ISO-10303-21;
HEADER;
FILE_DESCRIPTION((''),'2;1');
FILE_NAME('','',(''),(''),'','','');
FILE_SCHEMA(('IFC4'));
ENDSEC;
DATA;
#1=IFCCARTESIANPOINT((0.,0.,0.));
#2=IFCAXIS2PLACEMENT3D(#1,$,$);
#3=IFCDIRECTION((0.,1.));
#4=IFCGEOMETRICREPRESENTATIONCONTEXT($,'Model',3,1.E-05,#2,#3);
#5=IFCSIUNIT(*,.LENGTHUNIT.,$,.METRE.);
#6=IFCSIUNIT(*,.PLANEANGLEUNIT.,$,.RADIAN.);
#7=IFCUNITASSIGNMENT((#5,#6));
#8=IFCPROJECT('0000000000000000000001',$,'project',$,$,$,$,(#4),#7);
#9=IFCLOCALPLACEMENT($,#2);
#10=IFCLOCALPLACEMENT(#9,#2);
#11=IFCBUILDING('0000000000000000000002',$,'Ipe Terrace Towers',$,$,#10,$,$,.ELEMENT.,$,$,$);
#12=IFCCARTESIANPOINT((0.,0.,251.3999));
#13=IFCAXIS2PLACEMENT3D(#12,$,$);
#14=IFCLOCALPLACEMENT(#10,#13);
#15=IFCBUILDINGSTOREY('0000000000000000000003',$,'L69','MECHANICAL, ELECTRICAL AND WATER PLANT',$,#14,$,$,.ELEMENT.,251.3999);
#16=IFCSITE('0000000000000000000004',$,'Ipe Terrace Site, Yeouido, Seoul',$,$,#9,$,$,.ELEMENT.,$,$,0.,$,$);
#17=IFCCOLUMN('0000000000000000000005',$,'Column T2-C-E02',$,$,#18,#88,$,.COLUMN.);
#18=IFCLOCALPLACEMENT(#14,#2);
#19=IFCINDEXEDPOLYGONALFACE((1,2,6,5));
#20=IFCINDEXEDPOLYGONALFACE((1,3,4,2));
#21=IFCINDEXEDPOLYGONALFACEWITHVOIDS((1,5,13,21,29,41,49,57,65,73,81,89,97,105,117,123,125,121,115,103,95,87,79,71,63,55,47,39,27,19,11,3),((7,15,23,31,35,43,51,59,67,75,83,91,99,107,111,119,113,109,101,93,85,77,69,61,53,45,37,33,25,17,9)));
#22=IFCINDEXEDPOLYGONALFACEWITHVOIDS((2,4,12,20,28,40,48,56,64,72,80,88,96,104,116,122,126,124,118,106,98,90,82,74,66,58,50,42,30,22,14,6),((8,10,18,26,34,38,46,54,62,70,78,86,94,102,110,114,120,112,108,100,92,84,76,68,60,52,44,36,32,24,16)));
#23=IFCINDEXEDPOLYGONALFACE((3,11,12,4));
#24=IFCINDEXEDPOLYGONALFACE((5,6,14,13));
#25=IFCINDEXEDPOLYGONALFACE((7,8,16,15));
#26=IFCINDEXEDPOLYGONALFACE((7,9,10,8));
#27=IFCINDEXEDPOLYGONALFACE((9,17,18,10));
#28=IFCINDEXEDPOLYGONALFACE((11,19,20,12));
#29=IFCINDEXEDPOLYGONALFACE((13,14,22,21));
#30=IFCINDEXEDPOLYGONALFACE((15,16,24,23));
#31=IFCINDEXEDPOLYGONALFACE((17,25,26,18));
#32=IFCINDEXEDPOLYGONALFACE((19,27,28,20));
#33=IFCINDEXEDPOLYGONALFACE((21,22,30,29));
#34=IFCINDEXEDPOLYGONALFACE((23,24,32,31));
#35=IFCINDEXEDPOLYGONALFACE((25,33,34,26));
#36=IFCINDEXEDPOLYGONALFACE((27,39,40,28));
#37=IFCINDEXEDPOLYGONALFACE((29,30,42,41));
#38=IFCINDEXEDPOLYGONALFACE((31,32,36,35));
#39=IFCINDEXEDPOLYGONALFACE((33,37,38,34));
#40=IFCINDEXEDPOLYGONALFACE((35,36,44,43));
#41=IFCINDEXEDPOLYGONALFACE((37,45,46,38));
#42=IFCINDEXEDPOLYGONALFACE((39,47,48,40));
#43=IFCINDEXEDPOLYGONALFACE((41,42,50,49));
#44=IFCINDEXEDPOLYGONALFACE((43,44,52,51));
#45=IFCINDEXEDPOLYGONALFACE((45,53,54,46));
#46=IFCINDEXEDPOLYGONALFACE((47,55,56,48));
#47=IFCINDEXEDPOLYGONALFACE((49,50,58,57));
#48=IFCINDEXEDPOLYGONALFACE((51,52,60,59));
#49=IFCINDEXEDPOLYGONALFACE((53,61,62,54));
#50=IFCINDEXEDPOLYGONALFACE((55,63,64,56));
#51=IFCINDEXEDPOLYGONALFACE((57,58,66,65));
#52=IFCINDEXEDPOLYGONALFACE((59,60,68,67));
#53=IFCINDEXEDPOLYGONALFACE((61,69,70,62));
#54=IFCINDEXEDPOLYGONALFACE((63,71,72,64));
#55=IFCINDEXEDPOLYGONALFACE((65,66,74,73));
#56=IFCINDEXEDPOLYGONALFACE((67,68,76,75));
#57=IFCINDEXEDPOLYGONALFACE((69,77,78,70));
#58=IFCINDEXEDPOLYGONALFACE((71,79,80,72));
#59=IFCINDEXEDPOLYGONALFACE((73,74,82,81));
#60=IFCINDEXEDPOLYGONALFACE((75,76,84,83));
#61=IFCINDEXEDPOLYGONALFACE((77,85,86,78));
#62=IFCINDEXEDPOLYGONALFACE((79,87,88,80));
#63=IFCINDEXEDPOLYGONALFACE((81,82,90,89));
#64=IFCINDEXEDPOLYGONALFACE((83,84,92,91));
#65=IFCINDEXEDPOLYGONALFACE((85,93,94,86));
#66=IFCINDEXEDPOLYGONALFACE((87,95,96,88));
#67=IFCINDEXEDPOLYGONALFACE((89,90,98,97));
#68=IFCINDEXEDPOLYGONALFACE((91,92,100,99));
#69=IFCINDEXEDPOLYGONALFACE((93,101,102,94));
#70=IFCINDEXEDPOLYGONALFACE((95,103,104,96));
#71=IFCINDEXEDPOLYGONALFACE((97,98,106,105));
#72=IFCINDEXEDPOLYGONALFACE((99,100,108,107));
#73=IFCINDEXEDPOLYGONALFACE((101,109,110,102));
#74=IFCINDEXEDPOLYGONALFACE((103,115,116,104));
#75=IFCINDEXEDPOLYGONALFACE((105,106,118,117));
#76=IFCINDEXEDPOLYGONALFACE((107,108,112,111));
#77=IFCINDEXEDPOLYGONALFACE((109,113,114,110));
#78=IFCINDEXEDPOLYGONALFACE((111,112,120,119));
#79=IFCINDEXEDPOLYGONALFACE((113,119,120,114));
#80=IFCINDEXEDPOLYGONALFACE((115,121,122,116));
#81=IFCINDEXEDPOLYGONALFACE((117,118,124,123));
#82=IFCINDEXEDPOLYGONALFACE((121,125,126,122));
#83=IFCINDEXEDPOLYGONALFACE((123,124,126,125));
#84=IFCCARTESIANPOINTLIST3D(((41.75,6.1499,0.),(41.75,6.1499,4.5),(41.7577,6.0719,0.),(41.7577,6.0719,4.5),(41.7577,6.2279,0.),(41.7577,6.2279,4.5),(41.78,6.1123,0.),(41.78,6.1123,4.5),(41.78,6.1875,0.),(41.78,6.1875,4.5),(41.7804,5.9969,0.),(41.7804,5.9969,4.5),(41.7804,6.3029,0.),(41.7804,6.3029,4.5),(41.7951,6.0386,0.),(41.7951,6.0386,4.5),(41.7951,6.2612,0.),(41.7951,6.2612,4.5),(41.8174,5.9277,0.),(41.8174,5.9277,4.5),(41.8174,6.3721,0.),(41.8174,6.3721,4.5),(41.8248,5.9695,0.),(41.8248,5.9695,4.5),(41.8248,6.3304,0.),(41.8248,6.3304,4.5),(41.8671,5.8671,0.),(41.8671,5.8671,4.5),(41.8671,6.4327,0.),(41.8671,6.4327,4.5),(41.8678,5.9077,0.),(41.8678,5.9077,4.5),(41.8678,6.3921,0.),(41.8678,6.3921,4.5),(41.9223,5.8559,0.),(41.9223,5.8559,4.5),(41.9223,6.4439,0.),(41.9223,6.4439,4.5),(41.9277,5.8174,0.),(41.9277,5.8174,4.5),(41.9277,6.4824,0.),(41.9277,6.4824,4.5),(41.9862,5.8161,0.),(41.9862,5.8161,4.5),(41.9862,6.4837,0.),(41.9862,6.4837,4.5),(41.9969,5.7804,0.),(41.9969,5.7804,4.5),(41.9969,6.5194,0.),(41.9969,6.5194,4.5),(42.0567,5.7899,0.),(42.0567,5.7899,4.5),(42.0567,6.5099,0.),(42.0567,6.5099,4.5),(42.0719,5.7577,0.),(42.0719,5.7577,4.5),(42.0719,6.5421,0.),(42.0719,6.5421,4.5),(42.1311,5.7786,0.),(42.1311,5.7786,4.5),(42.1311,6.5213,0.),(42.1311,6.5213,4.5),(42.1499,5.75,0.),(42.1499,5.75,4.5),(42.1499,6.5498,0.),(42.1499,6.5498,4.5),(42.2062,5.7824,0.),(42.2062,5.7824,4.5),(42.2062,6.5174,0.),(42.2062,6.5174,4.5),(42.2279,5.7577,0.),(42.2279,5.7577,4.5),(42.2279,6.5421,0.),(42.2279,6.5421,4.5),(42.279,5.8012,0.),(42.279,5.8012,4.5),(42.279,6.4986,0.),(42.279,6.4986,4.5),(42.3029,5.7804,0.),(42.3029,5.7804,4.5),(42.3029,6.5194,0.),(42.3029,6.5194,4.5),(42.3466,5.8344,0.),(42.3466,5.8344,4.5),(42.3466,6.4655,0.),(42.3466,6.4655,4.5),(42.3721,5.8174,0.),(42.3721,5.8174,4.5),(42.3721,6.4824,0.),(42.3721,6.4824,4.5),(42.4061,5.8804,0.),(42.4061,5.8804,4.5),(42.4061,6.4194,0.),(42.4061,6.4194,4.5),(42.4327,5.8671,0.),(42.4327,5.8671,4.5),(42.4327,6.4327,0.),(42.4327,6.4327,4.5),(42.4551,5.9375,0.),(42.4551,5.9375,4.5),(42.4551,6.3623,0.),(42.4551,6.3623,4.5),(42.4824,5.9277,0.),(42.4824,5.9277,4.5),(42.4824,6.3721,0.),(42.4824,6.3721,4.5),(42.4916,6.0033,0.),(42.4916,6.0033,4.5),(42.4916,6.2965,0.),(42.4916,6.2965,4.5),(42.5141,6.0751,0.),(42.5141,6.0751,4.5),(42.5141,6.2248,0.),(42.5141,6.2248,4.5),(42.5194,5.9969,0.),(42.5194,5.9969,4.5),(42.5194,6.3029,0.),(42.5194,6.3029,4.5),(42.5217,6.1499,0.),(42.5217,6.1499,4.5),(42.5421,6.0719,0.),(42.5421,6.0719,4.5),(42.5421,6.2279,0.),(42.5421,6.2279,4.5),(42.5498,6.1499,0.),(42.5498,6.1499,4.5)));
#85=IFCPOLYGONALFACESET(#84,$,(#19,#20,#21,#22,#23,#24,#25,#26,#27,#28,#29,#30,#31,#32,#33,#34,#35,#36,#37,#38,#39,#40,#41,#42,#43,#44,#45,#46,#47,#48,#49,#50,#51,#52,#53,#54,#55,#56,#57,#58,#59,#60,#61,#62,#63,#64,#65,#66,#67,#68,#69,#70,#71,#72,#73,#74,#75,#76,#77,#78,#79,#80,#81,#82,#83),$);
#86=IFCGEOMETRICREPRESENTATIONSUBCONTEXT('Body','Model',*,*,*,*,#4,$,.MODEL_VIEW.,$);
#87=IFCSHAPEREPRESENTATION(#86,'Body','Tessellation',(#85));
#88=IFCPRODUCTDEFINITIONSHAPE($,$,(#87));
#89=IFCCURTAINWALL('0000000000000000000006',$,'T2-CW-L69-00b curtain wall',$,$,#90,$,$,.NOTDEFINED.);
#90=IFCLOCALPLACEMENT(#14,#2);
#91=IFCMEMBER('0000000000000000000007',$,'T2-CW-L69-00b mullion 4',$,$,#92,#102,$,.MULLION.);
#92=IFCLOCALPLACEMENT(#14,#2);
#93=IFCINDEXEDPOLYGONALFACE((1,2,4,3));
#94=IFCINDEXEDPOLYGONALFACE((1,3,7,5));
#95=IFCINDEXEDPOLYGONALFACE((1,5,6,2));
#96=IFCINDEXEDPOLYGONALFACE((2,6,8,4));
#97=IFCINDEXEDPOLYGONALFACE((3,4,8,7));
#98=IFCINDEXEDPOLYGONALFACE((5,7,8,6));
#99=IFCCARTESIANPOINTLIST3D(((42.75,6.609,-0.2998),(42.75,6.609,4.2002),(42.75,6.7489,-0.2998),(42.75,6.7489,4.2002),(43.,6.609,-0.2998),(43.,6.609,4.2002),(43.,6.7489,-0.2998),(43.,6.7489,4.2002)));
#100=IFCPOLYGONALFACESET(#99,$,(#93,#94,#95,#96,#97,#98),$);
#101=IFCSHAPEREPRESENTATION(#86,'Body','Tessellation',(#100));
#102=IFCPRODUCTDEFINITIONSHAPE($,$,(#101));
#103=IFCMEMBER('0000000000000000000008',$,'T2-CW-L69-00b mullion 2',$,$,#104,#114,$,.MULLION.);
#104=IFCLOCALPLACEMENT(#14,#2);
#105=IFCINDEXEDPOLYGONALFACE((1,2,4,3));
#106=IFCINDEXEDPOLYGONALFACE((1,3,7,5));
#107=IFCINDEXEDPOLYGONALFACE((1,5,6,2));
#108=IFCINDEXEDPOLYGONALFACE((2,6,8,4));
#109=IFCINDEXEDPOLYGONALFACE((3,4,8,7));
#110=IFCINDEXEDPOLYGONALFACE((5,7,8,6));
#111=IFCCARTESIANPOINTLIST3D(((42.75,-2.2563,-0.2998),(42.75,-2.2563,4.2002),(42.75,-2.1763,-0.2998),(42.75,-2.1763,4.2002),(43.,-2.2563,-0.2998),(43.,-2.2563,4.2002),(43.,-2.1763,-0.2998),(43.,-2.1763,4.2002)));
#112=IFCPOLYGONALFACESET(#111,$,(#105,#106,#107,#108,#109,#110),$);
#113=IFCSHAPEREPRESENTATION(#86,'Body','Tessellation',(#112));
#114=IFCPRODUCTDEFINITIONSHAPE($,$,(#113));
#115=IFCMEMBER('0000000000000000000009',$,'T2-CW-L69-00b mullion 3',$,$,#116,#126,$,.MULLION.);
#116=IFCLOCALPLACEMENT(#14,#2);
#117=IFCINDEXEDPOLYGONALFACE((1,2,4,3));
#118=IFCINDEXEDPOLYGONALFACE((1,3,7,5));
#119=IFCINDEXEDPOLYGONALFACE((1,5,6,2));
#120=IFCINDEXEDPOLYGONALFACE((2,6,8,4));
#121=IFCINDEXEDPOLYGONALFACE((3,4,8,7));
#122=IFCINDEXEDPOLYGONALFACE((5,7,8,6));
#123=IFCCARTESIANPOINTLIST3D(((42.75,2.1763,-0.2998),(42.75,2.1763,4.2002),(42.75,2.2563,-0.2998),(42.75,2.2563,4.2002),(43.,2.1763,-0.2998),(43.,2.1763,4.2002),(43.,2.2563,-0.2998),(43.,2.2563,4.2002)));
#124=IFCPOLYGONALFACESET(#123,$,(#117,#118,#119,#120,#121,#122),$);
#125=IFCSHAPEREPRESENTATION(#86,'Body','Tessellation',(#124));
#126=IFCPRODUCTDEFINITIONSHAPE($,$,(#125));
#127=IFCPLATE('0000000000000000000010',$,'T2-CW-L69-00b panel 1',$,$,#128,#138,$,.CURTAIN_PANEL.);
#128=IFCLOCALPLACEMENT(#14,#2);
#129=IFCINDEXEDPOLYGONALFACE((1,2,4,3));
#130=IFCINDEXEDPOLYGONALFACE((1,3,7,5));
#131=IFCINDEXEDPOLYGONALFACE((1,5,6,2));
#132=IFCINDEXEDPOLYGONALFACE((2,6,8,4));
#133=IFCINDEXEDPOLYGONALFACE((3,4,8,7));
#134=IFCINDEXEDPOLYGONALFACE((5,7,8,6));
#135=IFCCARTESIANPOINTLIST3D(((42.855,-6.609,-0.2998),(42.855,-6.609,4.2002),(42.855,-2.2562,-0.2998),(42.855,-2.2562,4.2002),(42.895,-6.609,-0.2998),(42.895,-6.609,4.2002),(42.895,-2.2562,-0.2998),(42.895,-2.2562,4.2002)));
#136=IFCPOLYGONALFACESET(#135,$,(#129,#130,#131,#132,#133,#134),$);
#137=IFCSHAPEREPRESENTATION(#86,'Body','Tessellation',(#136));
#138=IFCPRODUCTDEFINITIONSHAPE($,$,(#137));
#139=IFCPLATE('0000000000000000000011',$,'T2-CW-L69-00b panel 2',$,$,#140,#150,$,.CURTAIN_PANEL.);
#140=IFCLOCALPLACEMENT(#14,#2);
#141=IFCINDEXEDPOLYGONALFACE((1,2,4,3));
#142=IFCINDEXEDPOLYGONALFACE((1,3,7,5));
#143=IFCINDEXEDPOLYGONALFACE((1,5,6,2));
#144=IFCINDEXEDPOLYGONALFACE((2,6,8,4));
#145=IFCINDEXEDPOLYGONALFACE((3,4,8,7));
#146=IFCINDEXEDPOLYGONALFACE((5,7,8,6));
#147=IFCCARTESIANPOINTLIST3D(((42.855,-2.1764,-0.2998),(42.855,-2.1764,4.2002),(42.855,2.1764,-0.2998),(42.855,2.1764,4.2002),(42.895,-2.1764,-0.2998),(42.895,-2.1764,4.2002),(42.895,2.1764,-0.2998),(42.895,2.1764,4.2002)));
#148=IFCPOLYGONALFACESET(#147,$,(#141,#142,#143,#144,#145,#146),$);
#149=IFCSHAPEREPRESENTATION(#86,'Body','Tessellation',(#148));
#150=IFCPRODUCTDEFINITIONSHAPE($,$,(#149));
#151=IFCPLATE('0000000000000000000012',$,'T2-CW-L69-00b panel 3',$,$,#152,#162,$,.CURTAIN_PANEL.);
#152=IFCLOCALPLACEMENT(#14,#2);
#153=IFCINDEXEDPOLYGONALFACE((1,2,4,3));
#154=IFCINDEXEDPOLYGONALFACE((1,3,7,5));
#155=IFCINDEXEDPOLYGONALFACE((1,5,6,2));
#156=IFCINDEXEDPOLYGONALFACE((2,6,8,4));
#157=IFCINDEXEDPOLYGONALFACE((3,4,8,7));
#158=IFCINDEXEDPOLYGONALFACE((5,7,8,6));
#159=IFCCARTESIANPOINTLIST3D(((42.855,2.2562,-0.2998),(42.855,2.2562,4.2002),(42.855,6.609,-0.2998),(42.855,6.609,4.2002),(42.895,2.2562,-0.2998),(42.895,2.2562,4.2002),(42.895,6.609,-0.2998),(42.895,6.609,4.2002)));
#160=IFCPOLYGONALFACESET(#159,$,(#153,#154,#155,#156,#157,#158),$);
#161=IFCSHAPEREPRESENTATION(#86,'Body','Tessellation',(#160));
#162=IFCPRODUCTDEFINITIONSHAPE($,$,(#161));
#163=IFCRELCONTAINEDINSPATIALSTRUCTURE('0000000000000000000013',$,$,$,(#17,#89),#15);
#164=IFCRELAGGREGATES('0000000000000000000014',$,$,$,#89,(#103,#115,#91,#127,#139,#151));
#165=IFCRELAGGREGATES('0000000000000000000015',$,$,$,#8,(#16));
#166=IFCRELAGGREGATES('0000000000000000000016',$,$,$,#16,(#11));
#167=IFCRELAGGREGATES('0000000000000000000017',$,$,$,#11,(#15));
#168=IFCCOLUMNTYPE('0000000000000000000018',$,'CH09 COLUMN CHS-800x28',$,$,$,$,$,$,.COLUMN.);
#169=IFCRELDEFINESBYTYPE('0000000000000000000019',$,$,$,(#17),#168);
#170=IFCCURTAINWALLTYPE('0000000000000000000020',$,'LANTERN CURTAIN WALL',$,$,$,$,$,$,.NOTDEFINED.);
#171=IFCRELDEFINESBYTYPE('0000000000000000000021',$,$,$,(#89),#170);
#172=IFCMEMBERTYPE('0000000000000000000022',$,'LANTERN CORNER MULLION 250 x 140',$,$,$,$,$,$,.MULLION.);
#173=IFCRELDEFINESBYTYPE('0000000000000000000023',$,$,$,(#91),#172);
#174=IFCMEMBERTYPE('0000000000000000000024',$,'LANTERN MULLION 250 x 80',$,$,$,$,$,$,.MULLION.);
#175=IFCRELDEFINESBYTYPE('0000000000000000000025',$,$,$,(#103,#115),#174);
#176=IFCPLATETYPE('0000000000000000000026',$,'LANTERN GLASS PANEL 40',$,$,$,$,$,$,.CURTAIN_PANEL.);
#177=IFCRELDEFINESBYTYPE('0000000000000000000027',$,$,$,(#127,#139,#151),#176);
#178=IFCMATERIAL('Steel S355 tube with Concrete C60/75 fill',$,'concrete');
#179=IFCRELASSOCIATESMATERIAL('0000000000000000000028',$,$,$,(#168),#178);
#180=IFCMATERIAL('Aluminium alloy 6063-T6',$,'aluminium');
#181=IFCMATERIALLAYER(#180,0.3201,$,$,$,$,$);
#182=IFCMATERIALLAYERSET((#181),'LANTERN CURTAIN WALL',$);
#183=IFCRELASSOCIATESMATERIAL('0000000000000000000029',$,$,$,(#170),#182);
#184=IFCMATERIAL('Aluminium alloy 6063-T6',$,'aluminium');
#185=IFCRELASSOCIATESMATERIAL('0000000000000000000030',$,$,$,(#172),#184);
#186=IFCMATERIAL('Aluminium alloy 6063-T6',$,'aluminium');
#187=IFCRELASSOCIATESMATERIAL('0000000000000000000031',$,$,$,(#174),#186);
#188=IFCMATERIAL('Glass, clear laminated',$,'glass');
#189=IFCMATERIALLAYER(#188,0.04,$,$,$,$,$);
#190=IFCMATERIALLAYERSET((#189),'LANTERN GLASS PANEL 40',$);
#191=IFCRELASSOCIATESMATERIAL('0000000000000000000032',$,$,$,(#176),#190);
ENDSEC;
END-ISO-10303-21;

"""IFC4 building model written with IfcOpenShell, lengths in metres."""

from ifc_helpers import new_model, si_unit, direction, frame, origin, origin_2d, place, context, subcontext, project, spatial, rectangle, hollow_circle, extrude, material, layer, layer_set, material_profile, profile_set, type_object, element, aggregate, save


model = new_model("IFC4")

# Units and contexts
model_context = context("Model", 3, precision=1e-05, world=origin(), true_north=direction((0.0, 1.0)))
body_context = subcontext(model_context, "Body", "Model", "MODEL_VIEW")
ifc_project = project(units=[si_unit("LENGTHUNIT", "METRE"), si_unit("PLANEANGLEUNIT", "RADIAN")], contexts=[model_context])

# Site, building, storey
site_placement = place(None, origin())
site = spatial("IfcSite", under=ifc_project, at=site_placement, Name="Ipe Terrace Site, Yeouido, Seoul", CompositionType="ELEMENT", RefElevation=0.0)
building_placement = place(site_placement, origin())
building = spatial("IfcBuilding", under=site, at=building_placement, Name="Ipe Terrace Towers", CompositionType="ELEMENT")
storey_placement = place(building_placement, frame((0.0, 0.0, 251.3999)))
storey = spatial("IfcBuildingStorey", under=building, at=storey_placement, Name="L69", Description="MECHANICAL, ELECTRICAL AND WATER PLANT", CompositionType="ELEMENT", Elevation=251.3999)

# Column
ifc_material_1 = material(Name="Steel S355 tube with Concrete C60/75 fill", Category="concrete")
ifc_material_profile_1 = material_profile(ifc_material_1, hollow_circle(Radius=0.3999, WallThickness=0.0281, at=origin_2d()), Name="CHS-800x28")
ifc_profile_set_1 = profile_set([ifc_material_profile_1], Name="Steel S355 tube with Concrete C60/75 fill")
column_type = type_object("IfcColumnType", Name="CH09 COLUMN CHS-800x28", PredefinedType="COLUMN", material=ifc_profile_set_1)
column_placement = place(storey_placement, frame((42.1499, 6.1499, 0.0), z_axis=(0.0, 0.0, 1.0), x_axis=(1.0, 0.0, 0.0)))
element("IfcColumn", 1, at=column_placement, inside=storey, type_object=column_type, Name="Column T2-C-E02", PredefinedType="COLUMN", context=body_context, shape_type="SweptSolid", body=[
    extrude(hollow_circle(Radius=0.3999, WallThickness=0.0281, at=origin_2d()), origin(), (0.0, 0.0, 1.0), 4.5),
])

# Curtain wall, members, plates
ifc_material_2 = material(Name="Aluminium alloy 6063-T6", Category="aluminium")
ifc_layer_1 = layer(ifc_material_2, 0.3201)
ifc_layer_set_1 = layer_set([ifc_layer_1], Name="LANTERN CURTAIN WALL")
curtain_wall_type = type_object("IfcCurtainWallType", Name="LANTERN CURTAIN WALL", PredefinedType="NOTDEFINED", material=ifc_layer_set_1)
curtain_wall_placement = place(storey_placement, origin())
curtain_wall = element("IfcCurtainWall", 2, at=curtain_wall_placement, inside=storey, type_object=curtain_wall_type, Name="T2-CW-L69-00b curtain wall", PredefinedType="NOTDEFINED")
ifc_material_3 = material(Name="Aluminium alloy 6063-T6", Category="aluminium")
ifc_material_profile_2 = material_profile(ifc_material_3, rectangle(XDim=0.25, YDim=0.1399, at=origin_2d()), Name="LANTERN CORNER MULLION 250 x 140")
ifc_profile_set_2 = profile_set([ifc_material_profile_2], Name="Aluminium alloy 6063-T6")
member_type_1 = type_object("IfcMemberType", Name="LANTERN CORNER MULLION 250 x 140", PredefinedType="MULLION", material=ifc_profile_set_2)
member_1_placement = place(storey_placement, frame((42.875, 6.679, -0.2998), z_axis=(0.0, 0.0, 1.0), x_axis=(1.0, 0.0, 0.0)))
member_1 = element("IfcMember", 3, at=member_1_placement, type_object=member_type_1, Name="T2-CW-L69-00b mullion 4", PredefinedType="MULLION", context=body_context, shape_type="SweptSolid", body=[
    extrude(rectangle(XDim=0.25, YDim=0.1399, at=origin_2d()), origin(), (0.0, 0.0, 1.0), 4.5),
])
ifc_material_4 = material(Name="Aluminium alloy 6063-T6", Category="aluminium")
ifc_material_profile_3 = material_profile(ifc_material_4, rectangle(XDim=0.25, YDim=0.0801, at=origin_2d()), Name="LANTERN MULLION 250 x 80")
ifc_profile_set_3 = profile_set([ifc_material_profile_3], Name="Aluminium alloy 6063-T6")
member_type_2 = type_object("IfcMemberType", Name="LANTERN MULLION 250 x 80", PredefinedType="MULLION", material=ifc_profile_set_3)
member_2_placement = place(storey_placement, frame((42.875, -2.2163, -0.2998), z_axis=(0.0, 0.0, 1.0), x_axis=(1.0, 0.0, 0.0)))
member_2 = element("IfcMember", 4, at=member_2_placement, type_object=member_type_2, Name="T2-CW-L69-00b mullion 2", PredefinedType="MULLION", context=body_context, shape_type="SweptSolid", body=[
    extrude(rectangle(XDim=0.25, YDim=0.0801, at=origin_2d()), origin(), (0.0, 0.0, 1.0), 4.5),
])
member_3_placement = place(storey_placement, frame((42.875, 2.2163, -0.2998), z_axis=(0.0, 0.0, 1.0), x_axis=(1.0, 0.0, 0.0)))
member_3 = element("IfcMember", 5, at=member_3_placement, type_object=member_type_2, Name="T2-CW-L69-00b mullion 3", PredefinedType="MULLION", context=body_context, shape_type="SweptSolid", body=[
    extrude(rectangle(XDim=0.25, YDim=0.0801, at=origin_2d()), origin(), (0.0, 0.0, 1.0), 4.5),
])
ifc_material_5 = material(Name="Glass, clear laminated", Category="glass")
ifc_layer_2 = layer(ifc_material_5, 0.04)
ifc_layer_set_2 = layer_set([ifc_layer_2], Name="LANTERN GLASS PANEL 40")
plate_type = type_object("IfcPlateType", Name="LANTERN GLASS PANEL 40", PredefinedType="CURTAIN_PANEL", material=ifc_layer_set_2)
plate_1_placement = place(storey_placement, frame((42.875, -4.4326, -0.2998), z_axis=(0.0, 0.0, 1.0), x_axis=(0.0, 1.0, 0.0)))
plate_1 = element("IfcPlate", 6, at=plate_1_placement, type_object=plate_type, Name="T2-CW-L69-00b panel 1", PredefinedType="CURTAIN_PANEL", context=body_context, shape_type="SweptSolid", body=[
    extrude(rectangle(XDim=4.3528, YDim=0.04, at=origin_2d()), origin(), (0.0, 0.0, 1.0), 4.5),
])
plate_2_placement = place(storey_placement, frame((42.875, 0.0, -0.2998), z_axis=(0.0, 0.0, 1.0), x_axis=(0.0, 1.0, 0.0)))
plate_2 = element("IfcPlate", 7, at=plate_2_placement, type_object=plate_type, Name="T2-CW-L69-00b panel 2", PredefinedType="CURTAIN_PANEL", context=body_context, shape_type="SweptSolid", body=[
    extrude(rectangle(XDim=4.3528, YDim=0.04, at=origin_2d()), origin(), (0.0, 0.0, 1.0), 4.5),
])
plate_3_placement = place(storey_placement, frame((42.875, 4.4326, -0.2998), z_axis=(0.0, 0.0, 1.0), x_axis=(0.0, 1.0, 0.0)))
plate_3 = element("IfcPlate", 8, at=plate_3_placement, type_object=plate_type, Name="T2-CW-L69-00b panel 3", PredefinedType="CURTAIN_PANEL", context=body_context, shape_type="SweptSolid", body=[
    extrude(rectangle(XDim=4.3528, YDim=0.04, at=origin_2d()), origin(), (0.0, 0.0, 1.0), 4.5),
])
aggregate(curtain_wall, [member_2, member_3, member_1, plate_1, plate_2, plate_3])

save(model, "model.ifc")
